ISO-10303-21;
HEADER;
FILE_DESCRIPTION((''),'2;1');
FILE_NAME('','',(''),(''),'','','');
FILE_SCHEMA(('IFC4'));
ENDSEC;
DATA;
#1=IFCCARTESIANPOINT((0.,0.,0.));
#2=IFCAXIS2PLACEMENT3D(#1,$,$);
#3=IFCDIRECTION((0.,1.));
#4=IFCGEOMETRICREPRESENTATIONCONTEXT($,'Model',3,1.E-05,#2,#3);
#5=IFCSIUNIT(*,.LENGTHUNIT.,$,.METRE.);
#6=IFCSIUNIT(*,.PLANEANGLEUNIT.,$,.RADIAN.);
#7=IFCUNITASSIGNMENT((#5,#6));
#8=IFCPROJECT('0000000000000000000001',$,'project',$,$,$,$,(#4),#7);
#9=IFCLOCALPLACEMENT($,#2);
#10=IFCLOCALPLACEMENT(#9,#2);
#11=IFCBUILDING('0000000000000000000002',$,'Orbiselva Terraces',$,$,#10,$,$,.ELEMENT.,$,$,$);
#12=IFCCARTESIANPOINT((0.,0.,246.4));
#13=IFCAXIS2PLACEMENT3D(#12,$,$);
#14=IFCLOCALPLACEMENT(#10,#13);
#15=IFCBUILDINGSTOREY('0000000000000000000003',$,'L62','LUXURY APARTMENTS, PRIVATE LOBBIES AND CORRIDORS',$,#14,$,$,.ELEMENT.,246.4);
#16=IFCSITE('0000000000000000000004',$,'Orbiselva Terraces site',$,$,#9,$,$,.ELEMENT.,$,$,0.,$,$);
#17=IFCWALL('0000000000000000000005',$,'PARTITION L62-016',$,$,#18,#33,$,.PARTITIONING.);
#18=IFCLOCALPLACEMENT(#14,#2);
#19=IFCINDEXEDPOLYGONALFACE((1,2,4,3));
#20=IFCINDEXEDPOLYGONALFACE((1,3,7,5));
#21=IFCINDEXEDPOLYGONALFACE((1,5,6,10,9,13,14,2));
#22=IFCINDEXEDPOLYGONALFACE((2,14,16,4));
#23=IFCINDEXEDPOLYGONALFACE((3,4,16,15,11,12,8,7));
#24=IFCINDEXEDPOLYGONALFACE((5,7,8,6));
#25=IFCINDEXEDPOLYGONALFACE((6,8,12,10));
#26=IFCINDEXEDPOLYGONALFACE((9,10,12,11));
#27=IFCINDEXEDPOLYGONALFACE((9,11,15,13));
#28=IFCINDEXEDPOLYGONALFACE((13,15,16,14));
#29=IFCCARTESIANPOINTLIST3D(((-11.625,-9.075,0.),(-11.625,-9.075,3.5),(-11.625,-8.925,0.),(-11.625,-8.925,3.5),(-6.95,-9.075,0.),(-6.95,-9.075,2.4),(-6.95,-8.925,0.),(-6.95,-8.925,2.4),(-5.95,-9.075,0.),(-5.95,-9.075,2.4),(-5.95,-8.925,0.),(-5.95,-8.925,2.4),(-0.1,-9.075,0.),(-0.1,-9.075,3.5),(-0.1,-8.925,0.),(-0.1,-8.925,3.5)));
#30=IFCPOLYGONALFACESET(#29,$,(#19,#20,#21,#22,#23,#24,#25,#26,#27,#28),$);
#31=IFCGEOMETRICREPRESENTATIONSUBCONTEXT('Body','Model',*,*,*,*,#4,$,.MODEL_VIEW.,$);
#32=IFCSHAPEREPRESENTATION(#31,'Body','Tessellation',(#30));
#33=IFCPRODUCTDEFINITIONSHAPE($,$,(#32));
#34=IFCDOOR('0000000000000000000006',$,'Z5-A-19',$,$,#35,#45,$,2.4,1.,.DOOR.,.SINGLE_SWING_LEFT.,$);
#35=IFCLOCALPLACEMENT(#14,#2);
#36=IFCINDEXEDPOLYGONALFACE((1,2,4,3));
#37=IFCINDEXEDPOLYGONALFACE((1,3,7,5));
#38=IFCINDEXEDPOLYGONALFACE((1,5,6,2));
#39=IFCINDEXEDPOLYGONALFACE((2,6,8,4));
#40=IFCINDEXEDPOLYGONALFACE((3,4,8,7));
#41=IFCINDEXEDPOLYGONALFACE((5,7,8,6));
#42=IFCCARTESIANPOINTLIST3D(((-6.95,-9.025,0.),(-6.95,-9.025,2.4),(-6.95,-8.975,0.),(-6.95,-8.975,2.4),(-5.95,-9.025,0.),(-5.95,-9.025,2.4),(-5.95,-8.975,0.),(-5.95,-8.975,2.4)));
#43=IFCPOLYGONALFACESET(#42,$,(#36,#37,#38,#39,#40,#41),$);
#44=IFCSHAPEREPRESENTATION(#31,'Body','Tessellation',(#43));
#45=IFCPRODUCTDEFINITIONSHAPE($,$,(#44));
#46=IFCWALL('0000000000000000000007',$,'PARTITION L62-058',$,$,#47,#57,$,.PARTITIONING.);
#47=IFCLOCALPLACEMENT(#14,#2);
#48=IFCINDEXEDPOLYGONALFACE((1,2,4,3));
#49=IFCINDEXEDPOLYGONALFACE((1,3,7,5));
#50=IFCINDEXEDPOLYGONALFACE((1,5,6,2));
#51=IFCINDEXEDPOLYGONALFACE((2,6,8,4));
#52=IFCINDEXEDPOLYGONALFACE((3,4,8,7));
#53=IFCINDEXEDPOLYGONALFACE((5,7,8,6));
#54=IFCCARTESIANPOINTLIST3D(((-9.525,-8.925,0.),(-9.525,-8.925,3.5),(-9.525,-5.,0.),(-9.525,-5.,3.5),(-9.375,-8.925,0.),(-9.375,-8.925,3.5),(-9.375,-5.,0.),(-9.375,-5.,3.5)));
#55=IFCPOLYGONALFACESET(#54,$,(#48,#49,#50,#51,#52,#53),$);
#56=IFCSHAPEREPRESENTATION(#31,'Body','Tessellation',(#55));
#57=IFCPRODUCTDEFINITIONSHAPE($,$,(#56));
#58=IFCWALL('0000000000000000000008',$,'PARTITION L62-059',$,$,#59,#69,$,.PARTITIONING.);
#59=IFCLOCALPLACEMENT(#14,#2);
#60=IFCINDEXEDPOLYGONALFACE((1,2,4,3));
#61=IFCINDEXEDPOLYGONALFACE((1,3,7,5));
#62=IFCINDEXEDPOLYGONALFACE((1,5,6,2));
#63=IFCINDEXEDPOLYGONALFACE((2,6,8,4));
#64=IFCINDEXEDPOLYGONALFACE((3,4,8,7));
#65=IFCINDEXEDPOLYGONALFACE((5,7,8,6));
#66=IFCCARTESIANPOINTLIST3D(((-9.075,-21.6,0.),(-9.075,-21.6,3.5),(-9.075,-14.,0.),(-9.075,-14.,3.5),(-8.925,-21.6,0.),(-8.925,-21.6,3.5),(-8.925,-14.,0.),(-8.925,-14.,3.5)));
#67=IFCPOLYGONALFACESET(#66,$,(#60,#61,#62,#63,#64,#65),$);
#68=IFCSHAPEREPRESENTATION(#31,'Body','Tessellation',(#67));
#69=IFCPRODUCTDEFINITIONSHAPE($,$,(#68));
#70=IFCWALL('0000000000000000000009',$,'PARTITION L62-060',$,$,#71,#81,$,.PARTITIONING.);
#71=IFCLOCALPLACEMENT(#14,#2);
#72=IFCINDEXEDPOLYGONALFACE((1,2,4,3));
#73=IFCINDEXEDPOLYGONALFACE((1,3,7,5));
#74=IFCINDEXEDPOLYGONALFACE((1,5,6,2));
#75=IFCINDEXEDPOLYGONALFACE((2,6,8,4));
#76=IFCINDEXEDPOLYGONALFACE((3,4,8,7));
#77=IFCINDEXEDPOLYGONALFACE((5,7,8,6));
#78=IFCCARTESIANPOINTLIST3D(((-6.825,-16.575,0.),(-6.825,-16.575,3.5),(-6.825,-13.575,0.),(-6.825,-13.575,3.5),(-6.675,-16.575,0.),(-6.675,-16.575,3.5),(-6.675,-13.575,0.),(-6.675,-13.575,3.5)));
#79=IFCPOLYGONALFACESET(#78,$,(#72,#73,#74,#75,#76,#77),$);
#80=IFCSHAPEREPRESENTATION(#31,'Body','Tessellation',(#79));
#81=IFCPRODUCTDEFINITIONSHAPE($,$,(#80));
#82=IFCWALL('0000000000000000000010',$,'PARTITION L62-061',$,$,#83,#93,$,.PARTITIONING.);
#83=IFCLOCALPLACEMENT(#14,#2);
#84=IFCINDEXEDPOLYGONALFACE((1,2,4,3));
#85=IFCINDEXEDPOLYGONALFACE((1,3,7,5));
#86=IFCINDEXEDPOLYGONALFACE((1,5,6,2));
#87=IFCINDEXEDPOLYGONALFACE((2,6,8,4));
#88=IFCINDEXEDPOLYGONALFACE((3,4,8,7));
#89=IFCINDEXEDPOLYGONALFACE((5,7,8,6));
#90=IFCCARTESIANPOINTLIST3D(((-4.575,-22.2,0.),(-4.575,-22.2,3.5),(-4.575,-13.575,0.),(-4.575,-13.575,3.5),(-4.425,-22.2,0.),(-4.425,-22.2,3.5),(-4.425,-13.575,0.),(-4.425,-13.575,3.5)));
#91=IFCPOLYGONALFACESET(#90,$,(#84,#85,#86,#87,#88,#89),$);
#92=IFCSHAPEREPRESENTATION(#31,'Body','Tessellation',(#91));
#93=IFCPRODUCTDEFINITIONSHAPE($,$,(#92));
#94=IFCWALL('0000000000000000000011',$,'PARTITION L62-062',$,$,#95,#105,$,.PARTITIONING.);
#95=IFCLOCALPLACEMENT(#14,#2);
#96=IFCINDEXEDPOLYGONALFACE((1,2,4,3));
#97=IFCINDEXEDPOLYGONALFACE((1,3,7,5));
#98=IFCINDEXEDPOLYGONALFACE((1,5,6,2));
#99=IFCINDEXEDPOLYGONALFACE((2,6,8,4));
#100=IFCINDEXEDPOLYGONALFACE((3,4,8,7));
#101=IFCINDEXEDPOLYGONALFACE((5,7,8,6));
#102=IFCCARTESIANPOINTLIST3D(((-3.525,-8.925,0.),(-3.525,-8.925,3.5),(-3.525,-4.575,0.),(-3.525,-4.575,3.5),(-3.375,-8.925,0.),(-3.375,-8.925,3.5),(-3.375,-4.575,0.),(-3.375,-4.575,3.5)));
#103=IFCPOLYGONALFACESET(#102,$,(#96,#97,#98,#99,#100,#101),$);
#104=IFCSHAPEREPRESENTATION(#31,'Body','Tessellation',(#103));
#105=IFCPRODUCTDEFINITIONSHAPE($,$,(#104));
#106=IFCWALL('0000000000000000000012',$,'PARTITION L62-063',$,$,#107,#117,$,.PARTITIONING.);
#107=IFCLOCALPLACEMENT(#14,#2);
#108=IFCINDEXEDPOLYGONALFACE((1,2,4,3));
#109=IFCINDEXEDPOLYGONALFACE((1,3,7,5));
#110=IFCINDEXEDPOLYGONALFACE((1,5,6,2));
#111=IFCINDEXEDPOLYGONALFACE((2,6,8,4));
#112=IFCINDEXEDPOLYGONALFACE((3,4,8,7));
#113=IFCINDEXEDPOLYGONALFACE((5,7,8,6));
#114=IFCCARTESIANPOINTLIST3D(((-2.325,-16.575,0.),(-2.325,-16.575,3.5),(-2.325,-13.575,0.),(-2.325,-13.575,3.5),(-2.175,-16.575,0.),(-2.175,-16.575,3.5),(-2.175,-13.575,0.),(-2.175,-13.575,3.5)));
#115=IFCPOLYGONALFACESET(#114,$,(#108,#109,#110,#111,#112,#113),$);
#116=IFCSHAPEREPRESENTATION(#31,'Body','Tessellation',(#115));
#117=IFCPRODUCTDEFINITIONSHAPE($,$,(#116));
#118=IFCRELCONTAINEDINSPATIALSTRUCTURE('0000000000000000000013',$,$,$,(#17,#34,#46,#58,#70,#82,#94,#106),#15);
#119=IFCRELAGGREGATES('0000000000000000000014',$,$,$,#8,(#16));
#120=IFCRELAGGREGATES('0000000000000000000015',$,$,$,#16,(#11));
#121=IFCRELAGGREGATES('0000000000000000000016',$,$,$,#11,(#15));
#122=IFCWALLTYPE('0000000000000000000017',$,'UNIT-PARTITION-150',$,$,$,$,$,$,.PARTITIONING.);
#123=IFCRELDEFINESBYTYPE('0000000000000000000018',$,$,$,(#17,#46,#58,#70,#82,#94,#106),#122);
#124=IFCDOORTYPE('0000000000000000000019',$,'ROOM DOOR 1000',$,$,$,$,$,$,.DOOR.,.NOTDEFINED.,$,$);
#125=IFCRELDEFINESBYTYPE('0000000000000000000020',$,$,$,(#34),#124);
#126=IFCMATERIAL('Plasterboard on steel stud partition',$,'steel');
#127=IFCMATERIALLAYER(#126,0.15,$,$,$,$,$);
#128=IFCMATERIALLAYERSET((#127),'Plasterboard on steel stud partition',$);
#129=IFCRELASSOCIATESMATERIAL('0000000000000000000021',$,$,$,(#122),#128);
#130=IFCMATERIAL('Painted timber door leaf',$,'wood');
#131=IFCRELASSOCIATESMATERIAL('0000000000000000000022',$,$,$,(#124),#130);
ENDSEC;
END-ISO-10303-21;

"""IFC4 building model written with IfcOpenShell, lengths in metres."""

from ifc_helpers import new_model, si_unit, direction, frame, frame_2d, origin, place, context, subcontext, project, spatial, rectangle, extrude, material, layer, layer_set, type_object, element, fill, save


model = new_model("IFC4")

# Units and contexts
model_context = context("Model", 3, precision=1e-05, world=origin(), true_north=direction((0.0, 1.0)))
body_context = subcontext(model_context, "Body", "Model", "MODEL_VIEW")
ifc_project = project(units=[si_unit("LENGTHUNIT", "METRE"), si_unit("PLANEANGLEUNIT", "RADIAN")], contexts=[model_context])

# Site, building, storey
site_placement = place(None, origin())
site = spatial("IfcSite", under=ifc_project, at=site_placement, Name="Orbiselva Terraces site", CompositionType="ELEMENT", RefElevation=0.0)
building_placement = place(site_placement, origin())
building = spatial("IfcBuilding", under=site, at=building_placement, Name="Orbiselva Terraces", CompositionType="ELEMENT")
storey_placement = place(building_placement, frame((0.0, 0.0, 246.4)))
storey = spatial("IfcBuildingStorey", under=building, at=storey_placement, Name="L62", Description="LUXURY APARTMENTS, PRIVATE LOBBIES AND CORRIDORS", CompositionType="ELEMENT", Elevation=246.4)

# Shared definitions
ifc_material_1 = material(Name="Plasterboard on steel stud partition", Category="steel")
ifc_layer_1 = layer(ifc_material_1, 0.15)
ifc_layer_set_1 = layer_set([ifc_layer_1], Name="Plasterboard on steel stud partition")
wall_type_1 = type_object("IfcWallType", Name="UNIT-PARTITION-150", PredefinedType="PARTITIONING", material=ifc_layer_set_1)
ifc_material_2 = material(Name="Painted timber door leaf", Category="wood")

# Shared definitions
door_type_1 = type_object("IfcDoorType", Name="ROOM DOOR 1000", OperationType="NOTDEFINED", PredefinedType="DOOR", material=ifc_material_2)

# Wall, opening, door
wall_1_placement = place(storey_placement, frame((-11.625, -9.0, 0.0), z_axis=(0.0, 0.0, 1.0), x_axis=(1.0, 0.0, 0.0)))
wall_1 = element("IfcWall", 1, at=wall_1_placement, inside=storey, type_object=wall_type_1, Name="PARTITION L62-016", PredefinedType="PARTITIONING", context=body_context, shape_type="SweptSolid", body=[
    extrude(rectangle(XDim=11.525, YDim=0.15, at=frame_2d((5.7625, 0.0))), origin(), (0.0, 0.0, 1.0), 3.5),
])
opening_1_placement = place(wall_1_placement, frame((4.675, 0.0, 0.0)))
opening_1 = element("IfcOpeningElement", 2, at=opening_1_placement, cuts=wall_1, PredefinedType="OPENING", context=body_context, shape_type="SweptSolid", body=[
    extrude(rectangle(XDim=1.0, YDim=2.4, at=frame_2d((0.5, 1.2))), frame((0.0, 0.085, 0.0), z_axis=(0.0, -1.0, 0.0), x_axis=(1.0, 0.0, 0.0)), (0.0, 0.0, 1.0), 0.17),
])
door_1_placement = place(opening_1_placement, origin())
door_1 = element("IfcDoor", 3, at=door_1_placement, inside=storey, type_object=door_type_1, Name="Z5-A-19", OperationType="SINGLE_SWING_LEFT", OverallHeight=2.4, OverallWidth=1.0, PredefinedType="DOOR", context=body_context, shape_type="SweptSolid", body=[
    extrude(rectangle(XDim=1.0, YDim=2.4, at=frame_2d((0.5, 1.2))), frame((0.0, 0.025, 0.0), z_axis=(0.0, -1.0, 0.0), x_axis=(1.0, 0.0, 0.0)), (0.0, 0.0, 1.0), 0.05),
])
fill(opening_1, door_1)

# Walls
wall_2_placement = place(storey_placement, frame((-9.45, -8.925, 0.0), z_axis=(0.0, 0.0, 1.0), x_axis=(0.0, 1.0, 0.0)))
element("IfcWall", 4, at=wall_2_placement, inside=storey, type_object=wall_type_1, Name="PARTITION L62-058", PredefinedType="PARTITIONING", context=body_context, shape_type="SweptSolid", body=[
    extrude(rectangle(XDim=3.925, YDim=0.15, at=frame_2d((1.9625, 0.0))), origin(), (0.0, 0.0, 1.0), 3.5),
])
wall_3_placement = place(storey_placement, frame((-9.0, -21.6, 0.0), z_axis=(0.0, 0.0, 1.0), x_axis=(0.0, 1.0, 0.0)))
element("IfcWall", 5, at=wall_3_placement, inside=storey, type_object=wall_type_1, Name="PARTITION L62-059", PredefinedType="PARTITIONING", context=body_context, shape_type="SweptSolid", body=[
    extrude(rectangle(XDim=7.6, YDim=0.15, at=frame_2d((3.8, 0.0))), origin(), (0.0, 0.0, 1.0), 3.5),
])
wall_4_placement = place(storey_placement, frame((-6.75, -16.575, 0.0), z_axis=(0.0, 0.0, 1.0), x_axis=(0.0, 1.0, 0.0)))
element("IfcWall", 6, at=wall_4_placement, inside=storey, type_object=wall_type_1, Name="PARTITION L62-060", PredefinedType="PARTITIONING", context=body_context, shape_type="SweptSolid", body=[
    extrude(rectangle(XDim=3.0, YDim=0.15, at=frame_2d((1.5, 0.0))), origin(), (0.0, 0.0, 1.0), 3.5),
])
wall_5_placement = place(storey_placement, frame((-4.5, -22.2, 0.0), z_axis=(0.0, 0.0, 1.0), x_axis=(0.0, 1.0, 0.0)))
element("IfcWall", 7, at=wall_5_placement, inside=storey, type_object=wall_type_1, Name="PARTITION L62-061", PredefinedType="PARTITIONING", context=body_context, shape_type="SweptSolid", body=[
    extrude(rectangle(XDim=8.625, YDim=0.15, at=frame_2d((4.3125, 0.0))), origin(), (0.0, 0.0, 1.0), 3.5),
])
wall_6_placement = place(storey_placement, frame((-3.45, -8.925, 0.0), z_axis=(0.0, 0.0, 1.0), x_axis=(0.0, 1.0, 0.0)))
element("IfcWall", 8, at=wall_6_placement, inside=storey, type_object=wall_type_1, Name="PARTITION L62-062", PredefinedType="PARTITIONING", context=body_context, shape_type="SweptSolid", body=[
    extrude(rectangle(XDim=4.35, YDim=0.15, at=frame_2d((2.175, 0.0))), origin(), (0.0, 0.0, 1.0), 3.5),
])
wall_7_placement = place(storey_placement, frame((-2.25, -16.575, 0.0), z_axis=(0.0, 0.0, 1.0), x_axis=(0.0, 1.0, 0.0)))
element("IfcWall", 9, at=wall_7_placement, inside=storey, type_object=wall_type_1, Name="PARTITION L62-063", PredefinedType="PARTITIONING", context=body_context, shape_type="SweptSolid", body=[
    extrude(rectangle(XDim=3.0, YDim=0.15, at=frame_2d((1.5, 0.0))), origin(), (0.0, 0.0, 1.0), 3.5),
])

save(model, "model.ifc")
